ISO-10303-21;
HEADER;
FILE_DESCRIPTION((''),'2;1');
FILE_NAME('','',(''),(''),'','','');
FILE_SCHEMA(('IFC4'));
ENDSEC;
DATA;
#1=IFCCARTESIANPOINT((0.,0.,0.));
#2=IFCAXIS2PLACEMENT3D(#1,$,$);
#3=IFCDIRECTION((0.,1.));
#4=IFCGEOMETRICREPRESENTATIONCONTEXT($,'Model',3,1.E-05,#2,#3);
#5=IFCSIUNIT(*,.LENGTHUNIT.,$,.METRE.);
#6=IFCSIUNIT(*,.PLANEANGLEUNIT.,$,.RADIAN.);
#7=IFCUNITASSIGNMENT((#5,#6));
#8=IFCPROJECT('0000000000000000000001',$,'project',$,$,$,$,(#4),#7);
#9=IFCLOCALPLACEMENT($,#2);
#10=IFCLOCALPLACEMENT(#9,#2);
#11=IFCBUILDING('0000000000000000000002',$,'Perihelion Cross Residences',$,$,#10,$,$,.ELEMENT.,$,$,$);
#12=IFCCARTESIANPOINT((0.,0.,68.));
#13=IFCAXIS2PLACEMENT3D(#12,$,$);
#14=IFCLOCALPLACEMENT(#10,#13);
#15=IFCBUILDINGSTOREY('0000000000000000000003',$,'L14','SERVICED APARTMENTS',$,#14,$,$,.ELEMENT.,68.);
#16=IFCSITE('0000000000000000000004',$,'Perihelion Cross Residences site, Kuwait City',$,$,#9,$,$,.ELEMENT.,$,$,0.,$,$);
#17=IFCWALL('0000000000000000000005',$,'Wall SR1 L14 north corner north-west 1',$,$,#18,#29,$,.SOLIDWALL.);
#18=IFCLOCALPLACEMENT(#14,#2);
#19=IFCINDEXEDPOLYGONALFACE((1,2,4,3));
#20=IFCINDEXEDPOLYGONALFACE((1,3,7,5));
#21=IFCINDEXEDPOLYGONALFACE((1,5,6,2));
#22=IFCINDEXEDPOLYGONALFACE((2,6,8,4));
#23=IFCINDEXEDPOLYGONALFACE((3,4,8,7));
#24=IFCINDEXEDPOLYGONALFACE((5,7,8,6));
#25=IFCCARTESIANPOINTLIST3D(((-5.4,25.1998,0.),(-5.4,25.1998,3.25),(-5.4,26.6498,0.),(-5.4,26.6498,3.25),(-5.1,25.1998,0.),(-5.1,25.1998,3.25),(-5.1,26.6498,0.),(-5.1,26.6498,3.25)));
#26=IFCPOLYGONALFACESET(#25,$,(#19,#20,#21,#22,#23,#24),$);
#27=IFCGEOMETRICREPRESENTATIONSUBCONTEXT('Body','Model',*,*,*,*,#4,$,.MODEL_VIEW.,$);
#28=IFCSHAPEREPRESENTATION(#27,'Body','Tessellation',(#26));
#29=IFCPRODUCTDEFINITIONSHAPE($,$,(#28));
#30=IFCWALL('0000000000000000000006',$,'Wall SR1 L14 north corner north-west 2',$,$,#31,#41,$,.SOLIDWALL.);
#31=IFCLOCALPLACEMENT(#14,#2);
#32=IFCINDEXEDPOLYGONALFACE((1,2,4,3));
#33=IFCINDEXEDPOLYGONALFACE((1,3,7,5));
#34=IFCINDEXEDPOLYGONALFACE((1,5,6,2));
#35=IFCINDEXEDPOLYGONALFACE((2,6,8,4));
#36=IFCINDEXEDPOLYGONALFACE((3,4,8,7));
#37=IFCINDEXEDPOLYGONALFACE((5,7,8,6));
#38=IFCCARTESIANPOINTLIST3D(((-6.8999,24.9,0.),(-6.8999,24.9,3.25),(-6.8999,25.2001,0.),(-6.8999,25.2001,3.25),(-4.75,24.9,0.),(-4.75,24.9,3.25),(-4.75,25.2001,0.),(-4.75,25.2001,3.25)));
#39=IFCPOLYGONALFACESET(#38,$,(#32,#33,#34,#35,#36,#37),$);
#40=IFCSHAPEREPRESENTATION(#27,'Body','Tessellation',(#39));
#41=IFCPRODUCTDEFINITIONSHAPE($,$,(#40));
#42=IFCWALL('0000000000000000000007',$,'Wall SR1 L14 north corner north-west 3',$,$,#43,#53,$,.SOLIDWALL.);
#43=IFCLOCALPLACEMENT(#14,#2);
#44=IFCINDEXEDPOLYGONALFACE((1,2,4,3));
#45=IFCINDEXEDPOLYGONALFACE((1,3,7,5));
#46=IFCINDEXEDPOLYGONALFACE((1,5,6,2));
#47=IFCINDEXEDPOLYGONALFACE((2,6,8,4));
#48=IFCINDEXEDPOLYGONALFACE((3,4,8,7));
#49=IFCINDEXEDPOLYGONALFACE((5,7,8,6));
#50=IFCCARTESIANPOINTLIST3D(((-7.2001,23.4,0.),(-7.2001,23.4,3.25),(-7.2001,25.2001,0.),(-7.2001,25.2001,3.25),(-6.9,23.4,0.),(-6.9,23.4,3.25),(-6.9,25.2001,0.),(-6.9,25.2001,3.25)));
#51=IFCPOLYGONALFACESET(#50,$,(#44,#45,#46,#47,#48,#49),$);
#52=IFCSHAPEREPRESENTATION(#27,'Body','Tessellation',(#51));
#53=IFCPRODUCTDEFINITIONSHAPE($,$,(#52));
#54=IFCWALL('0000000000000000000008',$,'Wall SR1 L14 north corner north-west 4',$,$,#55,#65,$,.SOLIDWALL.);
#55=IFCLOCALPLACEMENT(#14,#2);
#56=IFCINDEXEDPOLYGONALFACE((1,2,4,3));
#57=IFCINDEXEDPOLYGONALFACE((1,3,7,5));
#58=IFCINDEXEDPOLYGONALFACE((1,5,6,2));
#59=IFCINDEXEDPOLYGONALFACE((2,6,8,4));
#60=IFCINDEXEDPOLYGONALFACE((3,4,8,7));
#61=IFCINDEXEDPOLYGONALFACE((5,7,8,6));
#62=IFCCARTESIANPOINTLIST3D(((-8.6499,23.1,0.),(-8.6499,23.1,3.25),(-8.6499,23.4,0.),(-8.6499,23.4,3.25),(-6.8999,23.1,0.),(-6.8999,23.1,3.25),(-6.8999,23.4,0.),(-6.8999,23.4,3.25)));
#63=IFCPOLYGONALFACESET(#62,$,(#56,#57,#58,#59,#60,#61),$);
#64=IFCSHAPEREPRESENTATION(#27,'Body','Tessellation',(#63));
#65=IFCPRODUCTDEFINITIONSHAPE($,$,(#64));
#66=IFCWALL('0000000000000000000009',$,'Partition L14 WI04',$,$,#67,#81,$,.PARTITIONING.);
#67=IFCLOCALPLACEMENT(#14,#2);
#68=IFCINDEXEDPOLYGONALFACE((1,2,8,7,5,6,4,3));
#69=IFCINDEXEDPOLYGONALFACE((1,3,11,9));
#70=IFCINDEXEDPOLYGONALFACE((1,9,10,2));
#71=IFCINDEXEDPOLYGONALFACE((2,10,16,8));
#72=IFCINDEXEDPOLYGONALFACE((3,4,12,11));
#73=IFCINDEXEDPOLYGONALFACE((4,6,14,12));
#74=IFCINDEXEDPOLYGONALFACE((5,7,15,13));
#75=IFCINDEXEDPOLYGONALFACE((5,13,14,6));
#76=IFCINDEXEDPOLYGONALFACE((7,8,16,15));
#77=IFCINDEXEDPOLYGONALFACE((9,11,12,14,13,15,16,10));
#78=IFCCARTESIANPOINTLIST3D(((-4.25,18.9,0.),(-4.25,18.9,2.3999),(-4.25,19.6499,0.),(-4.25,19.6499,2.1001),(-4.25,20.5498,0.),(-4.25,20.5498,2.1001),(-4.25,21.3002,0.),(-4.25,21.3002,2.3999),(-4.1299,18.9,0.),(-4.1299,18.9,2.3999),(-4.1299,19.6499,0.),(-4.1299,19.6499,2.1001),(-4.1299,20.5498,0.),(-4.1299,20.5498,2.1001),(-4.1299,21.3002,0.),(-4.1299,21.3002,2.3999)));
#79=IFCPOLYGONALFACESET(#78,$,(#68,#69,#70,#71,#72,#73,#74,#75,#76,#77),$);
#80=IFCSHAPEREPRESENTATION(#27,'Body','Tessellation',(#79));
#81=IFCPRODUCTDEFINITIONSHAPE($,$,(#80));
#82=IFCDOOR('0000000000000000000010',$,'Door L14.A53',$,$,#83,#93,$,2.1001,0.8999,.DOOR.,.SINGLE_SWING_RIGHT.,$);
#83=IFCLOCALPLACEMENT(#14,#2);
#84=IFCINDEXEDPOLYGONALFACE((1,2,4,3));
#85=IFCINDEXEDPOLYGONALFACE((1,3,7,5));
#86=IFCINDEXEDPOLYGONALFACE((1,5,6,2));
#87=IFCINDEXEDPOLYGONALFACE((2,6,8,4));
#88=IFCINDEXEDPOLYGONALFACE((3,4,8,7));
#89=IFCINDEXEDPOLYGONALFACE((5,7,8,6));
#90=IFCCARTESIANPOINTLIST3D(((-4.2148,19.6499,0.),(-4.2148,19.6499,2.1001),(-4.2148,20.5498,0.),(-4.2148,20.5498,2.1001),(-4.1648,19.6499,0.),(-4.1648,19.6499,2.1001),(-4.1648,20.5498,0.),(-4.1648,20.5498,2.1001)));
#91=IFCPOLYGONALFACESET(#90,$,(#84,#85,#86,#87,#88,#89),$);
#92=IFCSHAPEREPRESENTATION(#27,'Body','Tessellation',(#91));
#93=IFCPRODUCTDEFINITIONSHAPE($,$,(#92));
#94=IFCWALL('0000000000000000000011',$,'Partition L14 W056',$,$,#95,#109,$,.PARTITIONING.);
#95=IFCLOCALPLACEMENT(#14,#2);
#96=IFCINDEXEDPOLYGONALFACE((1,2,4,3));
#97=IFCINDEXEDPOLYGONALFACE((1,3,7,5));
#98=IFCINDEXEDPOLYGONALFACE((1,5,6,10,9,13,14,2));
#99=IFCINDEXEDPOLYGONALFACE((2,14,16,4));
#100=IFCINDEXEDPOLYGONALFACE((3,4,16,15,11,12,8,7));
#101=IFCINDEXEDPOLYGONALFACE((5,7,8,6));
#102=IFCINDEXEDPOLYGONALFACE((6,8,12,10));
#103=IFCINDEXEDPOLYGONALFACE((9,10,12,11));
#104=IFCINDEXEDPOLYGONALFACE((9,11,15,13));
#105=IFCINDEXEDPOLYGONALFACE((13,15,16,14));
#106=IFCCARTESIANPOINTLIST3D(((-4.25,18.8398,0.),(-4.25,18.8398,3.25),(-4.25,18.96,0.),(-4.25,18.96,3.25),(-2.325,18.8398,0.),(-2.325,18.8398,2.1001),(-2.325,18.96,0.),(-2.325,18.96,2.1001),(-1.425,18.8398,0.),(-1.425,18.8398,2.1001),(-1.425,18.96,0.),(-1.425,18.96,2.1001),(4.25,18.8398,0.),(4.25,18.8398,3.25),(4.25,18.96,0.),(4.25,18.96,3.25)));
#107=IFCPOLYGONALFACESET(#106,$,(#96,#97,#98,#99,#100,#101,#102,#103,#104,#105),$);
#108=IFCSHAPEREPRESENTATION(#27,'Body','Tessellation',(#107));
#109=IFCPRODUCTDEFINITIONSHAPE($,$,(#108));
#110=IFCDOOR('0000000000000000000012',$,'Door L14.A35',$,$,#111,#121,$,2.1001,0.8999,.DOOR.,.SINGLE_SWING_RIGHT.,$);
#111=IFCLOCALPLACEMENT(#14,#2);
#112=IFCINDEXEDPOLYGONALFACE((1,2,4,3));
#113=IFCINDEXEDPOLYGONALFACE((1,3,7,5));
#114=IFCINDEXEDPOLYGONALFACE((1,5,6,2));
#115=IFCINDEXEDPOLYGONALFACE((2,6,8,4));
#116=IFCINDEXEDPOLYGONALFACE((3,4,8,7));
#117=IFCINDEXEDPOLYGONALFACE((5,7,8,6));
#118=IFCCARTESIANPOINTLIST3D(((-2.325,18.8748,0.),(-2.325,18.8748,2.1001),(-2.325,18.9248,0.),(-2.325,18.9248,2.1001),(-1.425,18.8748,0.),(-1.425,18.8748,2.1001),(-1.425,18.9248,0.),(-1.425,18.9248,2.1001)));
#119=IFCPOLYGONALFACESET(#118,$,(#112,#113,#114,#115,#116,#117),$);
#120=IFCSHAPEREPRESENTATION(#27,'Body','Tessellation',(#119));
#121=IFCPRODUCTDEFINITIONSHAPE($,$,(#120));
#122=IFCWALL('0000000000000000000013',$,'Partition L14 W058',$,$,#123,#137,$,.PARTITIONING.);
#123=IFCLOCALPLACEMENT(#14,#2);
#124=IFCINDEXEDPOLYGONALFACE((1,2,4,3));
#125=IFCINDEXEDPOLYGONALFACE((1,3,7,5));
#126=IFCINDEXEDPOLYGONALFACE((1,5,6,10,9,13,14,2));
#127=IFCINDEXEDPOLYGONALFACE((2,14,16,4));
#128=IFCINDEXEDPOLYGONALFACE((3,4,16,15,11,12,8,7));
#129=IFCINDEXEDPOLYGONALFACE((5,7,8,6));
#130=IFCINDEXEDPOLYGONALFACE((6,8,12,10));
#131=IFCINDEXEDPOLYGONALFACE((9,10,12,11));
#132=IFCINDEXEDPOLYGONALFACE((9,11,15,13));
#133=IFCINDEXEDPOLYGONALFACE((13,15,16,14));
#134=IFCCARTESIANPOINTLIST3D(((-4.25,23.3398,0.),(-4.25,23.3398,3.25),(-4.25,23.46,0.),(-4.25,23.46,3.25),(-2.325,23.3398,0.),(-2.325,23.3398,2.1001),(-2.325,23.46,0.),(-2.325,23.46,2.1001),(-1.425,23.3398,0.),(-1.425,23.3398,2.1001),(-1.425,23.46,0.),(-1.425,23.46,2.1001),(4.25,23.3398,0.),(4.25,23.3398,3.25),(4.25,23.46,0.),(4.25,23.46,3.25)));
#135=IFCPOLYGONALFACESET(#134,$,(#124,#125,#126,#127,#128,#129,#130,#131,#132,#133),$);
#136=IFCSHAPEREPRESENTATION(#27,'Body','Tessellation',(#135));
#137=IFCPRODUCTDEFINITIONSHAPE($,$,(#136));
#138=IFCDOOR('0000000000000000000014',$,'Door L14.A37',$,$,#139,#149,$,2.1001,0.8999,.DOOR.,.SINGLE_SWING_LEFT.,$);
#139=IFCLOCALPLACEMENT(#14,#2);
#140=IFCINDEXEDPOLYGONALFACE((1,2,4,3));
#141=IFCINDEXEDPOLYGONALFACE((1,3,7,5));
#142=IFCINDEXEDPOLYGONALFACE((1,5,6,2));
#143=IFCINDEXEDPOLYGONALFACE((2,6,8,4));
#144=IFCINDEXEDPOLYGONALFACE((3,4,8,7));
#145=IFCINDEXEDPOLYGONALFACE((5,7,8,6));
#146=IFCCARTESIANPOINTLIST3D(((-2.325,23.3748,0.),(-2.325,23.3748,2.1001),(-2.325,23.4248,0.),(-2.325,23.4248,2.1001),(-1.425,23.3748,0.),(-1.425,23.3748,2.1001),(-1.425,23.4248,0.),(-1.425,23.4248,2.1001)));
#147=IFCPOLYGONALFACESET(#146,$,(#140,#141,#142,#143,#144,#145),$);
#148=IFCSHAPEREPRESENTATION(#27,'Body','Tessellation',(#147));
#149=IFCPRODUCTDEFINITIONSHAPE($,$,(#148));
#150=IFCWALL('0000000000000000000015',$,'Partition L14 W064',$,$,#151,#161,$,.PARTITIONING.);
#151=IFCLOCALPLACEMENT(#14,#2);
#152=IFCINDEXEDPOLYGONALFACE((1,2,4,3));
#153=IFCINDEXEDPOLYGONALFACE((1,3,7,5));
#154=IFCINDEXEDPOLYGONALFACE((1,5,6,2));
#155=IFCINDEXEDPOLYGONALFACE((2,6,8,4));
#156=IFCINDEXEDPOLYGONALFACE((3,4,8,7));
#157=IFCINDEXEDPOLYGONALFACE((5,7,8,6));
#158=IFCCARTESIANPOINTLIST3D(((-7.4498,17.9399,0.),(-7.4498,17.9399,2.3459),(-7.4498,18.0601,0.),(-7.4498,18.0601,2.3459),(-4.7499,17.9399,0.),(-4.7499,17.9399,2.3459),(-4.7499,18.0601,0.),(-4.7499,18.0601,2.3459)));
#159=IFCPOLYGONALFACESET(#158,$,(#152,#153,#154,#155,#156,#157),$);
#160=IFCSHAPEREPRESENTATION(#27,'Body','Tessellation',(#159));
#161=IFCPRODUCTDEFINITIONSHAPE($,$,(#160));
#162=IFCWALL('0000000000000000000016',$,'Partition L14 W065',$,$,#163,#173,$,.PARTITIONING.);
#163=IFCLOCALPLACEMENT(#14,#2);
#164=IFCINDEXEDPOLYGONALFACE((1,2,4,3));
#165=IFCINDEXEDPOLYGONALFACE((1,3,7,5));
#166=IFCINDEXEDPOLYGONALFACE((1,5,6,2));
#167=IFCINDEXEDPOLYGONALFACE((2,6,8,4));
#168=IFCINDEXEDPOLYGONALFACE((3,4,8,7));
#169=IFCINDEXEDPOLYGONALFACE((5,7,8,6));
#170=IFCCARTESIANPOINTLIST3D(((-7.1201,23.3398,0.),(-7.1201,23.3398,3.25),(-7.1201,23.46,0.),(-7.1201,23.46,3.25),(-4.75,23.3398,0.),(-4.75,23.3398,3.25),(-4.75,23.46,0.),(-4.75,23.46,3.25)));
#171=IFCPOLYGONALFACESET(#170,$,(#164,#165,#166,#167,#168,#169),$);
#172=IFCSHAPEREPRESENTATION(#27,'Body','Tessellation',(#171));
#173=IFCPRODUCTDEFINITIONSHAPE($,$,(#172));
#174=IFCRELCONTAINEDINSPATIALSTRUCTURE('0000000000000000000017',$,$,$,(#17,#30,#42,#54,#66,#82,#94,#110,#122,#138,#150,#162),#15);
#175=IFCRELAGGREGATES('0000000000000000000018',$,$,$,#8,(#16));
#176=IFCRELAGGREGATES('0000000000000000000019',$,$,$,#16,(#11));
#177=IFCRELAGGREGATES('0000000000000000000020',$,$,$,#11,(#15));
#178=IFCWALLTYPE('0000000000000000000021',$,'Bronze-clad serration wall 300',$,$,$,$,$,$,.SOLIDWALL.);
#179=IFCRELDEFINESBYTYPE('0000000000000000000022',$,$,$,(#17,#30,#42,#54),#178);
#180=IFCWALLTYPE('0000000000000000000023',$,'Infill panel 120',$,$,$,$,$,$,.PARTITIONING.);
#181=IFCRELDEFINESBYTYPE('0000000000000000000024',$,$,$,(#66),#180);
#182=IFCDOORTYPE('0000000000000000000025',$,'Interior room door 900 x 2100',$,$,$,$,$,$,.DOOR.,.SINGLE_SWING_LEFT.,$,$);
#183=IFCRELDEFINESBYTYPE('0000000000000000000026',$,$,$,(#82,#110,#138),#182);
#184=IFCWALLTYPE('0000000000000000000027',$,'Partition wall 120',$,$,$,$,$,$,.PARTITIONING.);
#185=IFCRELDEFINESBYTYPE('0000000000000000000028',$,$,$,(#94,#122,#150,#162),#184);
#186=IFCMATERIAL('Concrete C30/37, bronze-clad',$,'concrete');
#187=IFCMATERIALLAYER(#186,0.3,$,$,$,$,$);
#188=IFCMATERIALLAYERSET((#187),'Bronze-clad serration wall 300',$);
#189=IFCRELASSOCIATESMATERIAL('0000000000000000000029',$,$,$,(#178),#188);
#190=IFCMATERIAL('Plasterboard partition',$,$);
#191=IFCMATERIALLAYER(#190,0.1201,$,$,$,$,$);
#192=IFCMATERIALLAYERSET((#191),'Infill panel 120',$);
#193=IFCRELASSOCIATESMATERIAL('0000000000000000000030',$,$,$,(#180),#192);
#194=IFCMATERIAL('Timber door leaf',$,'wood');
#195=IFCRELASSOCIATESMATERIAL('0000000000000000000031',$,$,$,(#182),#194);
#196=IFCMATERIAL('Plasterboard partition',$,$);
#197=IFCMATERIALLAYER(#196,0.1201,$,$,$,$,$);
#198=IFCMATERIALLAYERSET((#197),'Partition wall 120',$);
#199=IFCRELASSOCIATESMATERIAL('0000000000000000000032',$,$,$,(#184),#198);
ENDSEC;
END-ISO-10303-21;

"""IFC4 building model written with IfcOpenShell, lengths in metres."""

from ifc_helpers import new_model, si_unit, direction, frame, frame_2d, origin, place, context, subcontext, project, spatial, rectangle, extrude, material, layer, layer_set, type_object, element, fill, save


model = new_model("IFC4")

# Units and contexts
model_context = context("Model", 3, precision=1e-05, world=origin(), true_north=direction((0.0, 1.0)))
body_context = subcontext(model_context, "Body", "Model", "MODEL_VIEW")
ifc_project = project(units=[si_unit("LENGTHUNIT", "METRE"), si_unit("PLANEANGLEUNIT", "RADIAN")], contexts=[model_context])

# Site, building, storey
site_placement = place(None, origin())
site = spatial("IfcSite", under=ifc_project, at=site_placement, Name="Perihelion Cross Residences site, Kuwait City", CompositionType="ELEMENT", RefElevation=0.0)
building_placement = place(site_placement, origin())
building = spatial("IfcBuilding", under=site, at=building_placement, Name="Perihelion Cross Residences", CompositionType="ELEMENT")
storey_placement = place(building_placement, frame((0.0, 0.0, 68.0)))
storey = spatial("IfcBuildingStorey", under=building, at=storey_placement, Name="L14", Description="SERVICED APARTMENTS", CompositionType="ELEMENT", Elevation=68.0)

# Walls
ifc_material_1 = material(Name="Concrete C30/37, bronze-clad", Category="concrete")
ifc_layer_1 = layer(ifc_material_1, 0.3)
ifc_layer_set_1 = layer_set([ifc_layer_1], Name="Bronze-clad serration wall 300")
wall_type_1 = type_object("IfcWallType", Name="Bronze-clad serration wall 300", PredefinedType="SOLIDWALL", material=ifc_layer_set_1)
wall_1_placement = place(storey_placement, frame((-5.25, 26.6499, 0.0), z_axis=(0.0, 0.0, 1.0), x_axis=(0.0, -1.0, 0.0)))
element("IfcWall", 1, at=wall_1_placement, inside=storey, type_object=wall_type_1, Name="Wall SR1 L14 north corner north-west 1", PredefinedType="SOLIDWALL", context=body_context, shape_type="SweptSolid", body=[
    extrude(rectangle(XDim=1.45, YDim=0.3, at=frame_2d((0.7251, 0.0))), origin(), (0.0, 0.0, 1.0), 3.25),
])
wall_2_placement = place(storey_placement, frame((-4.75, 25.05, 0.0), z_axis=(0.0, 0.0, 1.0), x_axis=(-1.0, 0.0, 0.0)))
element("IfcWall", 2, at=wall_2_placement, inside=storey, type_object=wall_type_1, Name="Wall SR1 L14 north corner north-west 2", PredefinedType="SOLIDWALL", context=body_context, shape_type="SweptSolid", body=[
    extrude(rectangle(XDim=2.1499, YDim=0.3, at=frame_2d((1.075, 0.0))), origin(), (0.0, 0.0, 1.0), 3.25),
])
wall_3_placement = place(storey_placement, frame((-7.05, 25.2, 0.0), z_axis=(0.0, 0.0, 1.0), x_axis=(0.0, -1.0, 0.0)))
element("IfcWall", 3, at=wall_3_placement, inside=storey, type_object=wall_type_1, Name="Wall SR1 L14 north corner north-west 3", PredefinedType="SOLIDWALL", context=body_context, shape_type="SweptSolid", body=[
    extrude(rectangle(XDim=1.8, YDim=0.3, at=frame_2d((0.8999, 0.0))), origin(), (0.0, 0.0, 1.0), 3.25),
])
wall_4_placement = place(storey_placement, frame((-6.8999, 23.25, 0.0), z_axis=(0.0, 0.0, 1.0), x_axis=(-1.0, 0.0, 0.0)))
element("IfcWall", 4, at=wall_4_placement, inside=storey, type_object=wall_type_1, Name="Wall SR1 L14 north corner north-west 4", PredefinedType="SOLIDWALL", context=body_context, shape_type="SweptSolid", body=[
    extrude(rectangle(XDim=1.75, YDim=0.3, at=frame_2d((0.875, 0.0))), origin(), (0.0, 0.0, 1.0), 3.25),
])

# Walls, openings, doors
ifc_material_2 = material(Name="Plasterboard partition")
ifc_layer_2 = layer(ifc_material_2, 0.1201)
ifc_layer_set_2 = layer_set([ifc_layer_2], Name="Infill panel 120")
wall_type_2 = type_object("IfcWallType", Name="Infill panel 120", PredefinedType="PARTITIONING", material=ifc_layer_set_2)
wall_5_placement = place(storey_placement, frame((-4.1899, 18.8999, 0.0), z_axis=(0.0, 0.0, 1.0), x_axis=(0.0, 1.0, 0.0)))
wall_5 = element("IfcWall", 5, at=wall_5_placement, inside=storey, type_object=wall_type_2, Name="Partition L14 WI04", PredefinedType="PARTITIONING", context=body_context, shape_type="SweptSolid", body=[
    extrude(rectangle(XDim=2.4001, YDim=0.1201, at=frame_2d((1.2002, 0.0))), origin(), (0.0, 0.0, 1.0), 2.3999),
])
opening_1_placement = place(wall_5_placement, frame((0.75, 0.0, 0.0)))
opening_1 = element("IfcOpeningElement", 6, at=opening_1_placement, cuts=wall_5, PredefinedType="OPENING", context=body_context, shape_type="SweptSolid", body=[
    extrude(rectangle(XDim=0.8999, YDim=2.1001, at=frame_2d((0.45, 1.05))), frame((0.0, 0.0701, 0.0), z_axis=(0.0, -1.0, 0.0), x_axis=(1.0, 0.0, 0.0)), (0.0, 0.0, 1.0), 0.1401),
])
ifc_material_3 = material(Name="Timber door leaf", Category="wood")
door_type_1 = type_object("IfcDoorType", Name="Interior room door 900 x 2100", OperationType="SINGLE_SWING_LEFT", PredefinedType="DOOR", material=ifc_material_3)
door_1_placement = place(opening_1_placement, origin())
door_1 = element("IfcDoor", 7, at=door_1_placement, inside=storey, type_object=door_type_1, Name="Door L14.A53", OperationType="SINGLE_SWING_RIGHT", OverallHeight=2.1001, OverallWidth=0.8999, PredefinedType="DOOR", context=body_context, shape_type="SweptSolid", body=[
    extrude(rectangle(XDim=0.8999, YDim=2.1001, at=frame_2d((0.45, 1.05))), frame((0.0, 0.0249, 0.0), z_axis=(0.0, -1.0, 0.0), x_axis=(1.0, 0.0, 0.0)), (0.0, 0.0, 1.0), 0.05),
])
fill(opening_1, door_1)
ifc_material_4 = material(Name="Plasterboard partition")
ifc_layer_3 = layer(ifc_material_4, 0.1201)
ifc_layer_set_3 = layer_set([ifc_layer_3], Name="Partition wall 120")
wall_type_3 = type_object("IfcWallType", Name="Partition wall 120", PredefinedType="PARTITIONING", material=ifc_layer_set_3)
wall_6_placement = place(storey_placement, frame((-4.25, 18.8999, 0.0), z_axis=(0.0, 0.0, 1.0), x_axis=(1.0, 0.0, 0.0)))
wall_6 = element("IfcWall", 8, at=wall_6_placement, inside=storey, type_object=wall_type_3, Name="Partition L14 W056", PredefinedType="PARTITIONING", context=body_context, shape_type="SweptSolid", body=[
    extrude(rectangle(XDim=8.5, YDim=0.1201, at=frame_2d((4.25, 0.0))), origin(), (0.0, 0.0, 1.0), 3.25),
])
opening_2_placement = place(wall_6_placement, frame((1.925, 0.0, 0.0)))
opening_2 = element("IfcOpeningElement", 9, at=opening_2_placement, cuts=wall_6, PredefinedType="OPENING", context=body_context, shape_type="SweptSolid", body=[
    extrude(rectangle(XDim=0.8999, YDim=2.1001, at=frame_2d((0.45, 1.05))), frame((0.0, 0.0701, 0.0), z_axis=(0.0, -1.0, 0.0), x_axis=(1.0, 0.0, 0.0)), (0.0, 0.0, 1.0), 0.1401),
])
door_2_placement = place(opening_2_placement, origin())
door_2 = element("IfcDoor", 10, at=door_2_placement, inside=storey, type_object=door_type_1, Name="Door L14.A35", OperationType="SINGLE_SWING_RIGHT", OverallHeight=2.1001, OverallWidth=0.8999, PredefinedType="DOOR", context=body_context, shape_type="SweptSolid", body=[
    extrude(rectangle(XDim=0.8999, YDim=2.1001, at=frame_2d((0.45, 1.05))), frame((0.0, 0.0249, 0.0), z_axis=(0.0, -1.0, 0.0), x_axis=(1.0, 0.0, 0.0)), (0.0, 0.0, 1.0), 0.05),
])
fill(opening_2, door_2)
wall_7_placement = place(storey_placement, frame((-4.25, 23.3999, 0.0), z_axis=(0.0, 0.0, 1.0), x_axis=(1.0, 0.0, 0.0)))
wall_7 = element("IfcWall", 11, at=wall_7_placement, inside=storey, type_object=wall_type_3, Name="Partition L14 W058", PredefinedType="PARTITIONING", context=body_context, shape_type="SweptSolid", body=[
    extrude(rectangle(XDim=8.5, YDim=0.1201, at=frame_2d((4.25, 0.0))), origin(), (0.0, 0.0, 1.0), 3.25),
])
opening_3_placement = place(wall_7_placement, frame((1.925, 0.0, 0.0)))
opening_3 = element("IfcOpeningElement", 12, at=opening_3_placement, cuts=wall_7, PredefinedType="OPENING", context=body_context, shape_type="SweptSolid", body=[
    extrude(rectangle(XDim=0.8999, YDim=2.1001, at=frame_2d((0.45, 1.05))), frame((0.0, 0.0701, 0.0), z_axis=(0.0, -1.0, 0.0), x_axis=(1.0, 0.0, 0.0)), (0.0, 0.0, 1.0), 0.1401),
])
door_3_placement = place(opening_3_placement, origin())
door_3 = element("IfcDoor", 13, at=door_3_placement, inside=storey, type_object=door_type_1, Name="Door L14.A37", OperationType="SINGLE_SWING_LEFT", OverallHeight=2.1001, OverallWidth=0.8999, PredefinedType="DOOR", context=body_context, shape_type="SweptSolid", body=[
    extrude(rectangle(XDim=0.8999, YDim=2.1001, at=frame_2d((0.45, 1.05))), frame((0.0, 0.0249, 0.0), z_axis=(0.0, -1.0, 0.0), x_axis=(1.0, 0.0, 0.0)), (0.0, 0.0, 1.0), 0.05),
])
fill(opening_3, door_3)

# Walls
wall_8_placement = place(storey_placement, frame((-7.45, 18.0, 0.0), z_axis=(0.0, 0.0, 1.0), x_axis=(1.0, 0.0, 0.0)))
element("IfcWall", 14, at=wall_8_placement, inside=storey, type_object=wall_type_3, Name="Partition L14 W064", PredefinedType="PARTITIONING", context=body_context, shape_type="SweptSolid", body=[
    extrude(rectangle(XDim=2.7, YDim=0.1201, at=frame_2d((1.3501, 0.0))), origin(), (0.0, 0.0, 1.0), 2.3459),
])
wall_9_placement = place(storey_placement, frame((-7.1201, 23.3999, 0.0), z_axis=(0.0, 0.0, 1.0), x_axis=(1.0, 0.0, 0.0)))
element("IfcWall", 15, at=wall_9_placement, inside=storey, type_object=wall_type_3, Name="Partition L14 W065", PredefinedType="PARTITIONING", context=body_context, shape_type="SweptSolid", body=[
    extrude(rectangle(XDim=2.3701, YDim=0.1201, at=frame_2d((1.1851, 0.0))), origin(), (0.0, 0.0, 1.0), 3.25),
])

save(model, "model.ifc")
